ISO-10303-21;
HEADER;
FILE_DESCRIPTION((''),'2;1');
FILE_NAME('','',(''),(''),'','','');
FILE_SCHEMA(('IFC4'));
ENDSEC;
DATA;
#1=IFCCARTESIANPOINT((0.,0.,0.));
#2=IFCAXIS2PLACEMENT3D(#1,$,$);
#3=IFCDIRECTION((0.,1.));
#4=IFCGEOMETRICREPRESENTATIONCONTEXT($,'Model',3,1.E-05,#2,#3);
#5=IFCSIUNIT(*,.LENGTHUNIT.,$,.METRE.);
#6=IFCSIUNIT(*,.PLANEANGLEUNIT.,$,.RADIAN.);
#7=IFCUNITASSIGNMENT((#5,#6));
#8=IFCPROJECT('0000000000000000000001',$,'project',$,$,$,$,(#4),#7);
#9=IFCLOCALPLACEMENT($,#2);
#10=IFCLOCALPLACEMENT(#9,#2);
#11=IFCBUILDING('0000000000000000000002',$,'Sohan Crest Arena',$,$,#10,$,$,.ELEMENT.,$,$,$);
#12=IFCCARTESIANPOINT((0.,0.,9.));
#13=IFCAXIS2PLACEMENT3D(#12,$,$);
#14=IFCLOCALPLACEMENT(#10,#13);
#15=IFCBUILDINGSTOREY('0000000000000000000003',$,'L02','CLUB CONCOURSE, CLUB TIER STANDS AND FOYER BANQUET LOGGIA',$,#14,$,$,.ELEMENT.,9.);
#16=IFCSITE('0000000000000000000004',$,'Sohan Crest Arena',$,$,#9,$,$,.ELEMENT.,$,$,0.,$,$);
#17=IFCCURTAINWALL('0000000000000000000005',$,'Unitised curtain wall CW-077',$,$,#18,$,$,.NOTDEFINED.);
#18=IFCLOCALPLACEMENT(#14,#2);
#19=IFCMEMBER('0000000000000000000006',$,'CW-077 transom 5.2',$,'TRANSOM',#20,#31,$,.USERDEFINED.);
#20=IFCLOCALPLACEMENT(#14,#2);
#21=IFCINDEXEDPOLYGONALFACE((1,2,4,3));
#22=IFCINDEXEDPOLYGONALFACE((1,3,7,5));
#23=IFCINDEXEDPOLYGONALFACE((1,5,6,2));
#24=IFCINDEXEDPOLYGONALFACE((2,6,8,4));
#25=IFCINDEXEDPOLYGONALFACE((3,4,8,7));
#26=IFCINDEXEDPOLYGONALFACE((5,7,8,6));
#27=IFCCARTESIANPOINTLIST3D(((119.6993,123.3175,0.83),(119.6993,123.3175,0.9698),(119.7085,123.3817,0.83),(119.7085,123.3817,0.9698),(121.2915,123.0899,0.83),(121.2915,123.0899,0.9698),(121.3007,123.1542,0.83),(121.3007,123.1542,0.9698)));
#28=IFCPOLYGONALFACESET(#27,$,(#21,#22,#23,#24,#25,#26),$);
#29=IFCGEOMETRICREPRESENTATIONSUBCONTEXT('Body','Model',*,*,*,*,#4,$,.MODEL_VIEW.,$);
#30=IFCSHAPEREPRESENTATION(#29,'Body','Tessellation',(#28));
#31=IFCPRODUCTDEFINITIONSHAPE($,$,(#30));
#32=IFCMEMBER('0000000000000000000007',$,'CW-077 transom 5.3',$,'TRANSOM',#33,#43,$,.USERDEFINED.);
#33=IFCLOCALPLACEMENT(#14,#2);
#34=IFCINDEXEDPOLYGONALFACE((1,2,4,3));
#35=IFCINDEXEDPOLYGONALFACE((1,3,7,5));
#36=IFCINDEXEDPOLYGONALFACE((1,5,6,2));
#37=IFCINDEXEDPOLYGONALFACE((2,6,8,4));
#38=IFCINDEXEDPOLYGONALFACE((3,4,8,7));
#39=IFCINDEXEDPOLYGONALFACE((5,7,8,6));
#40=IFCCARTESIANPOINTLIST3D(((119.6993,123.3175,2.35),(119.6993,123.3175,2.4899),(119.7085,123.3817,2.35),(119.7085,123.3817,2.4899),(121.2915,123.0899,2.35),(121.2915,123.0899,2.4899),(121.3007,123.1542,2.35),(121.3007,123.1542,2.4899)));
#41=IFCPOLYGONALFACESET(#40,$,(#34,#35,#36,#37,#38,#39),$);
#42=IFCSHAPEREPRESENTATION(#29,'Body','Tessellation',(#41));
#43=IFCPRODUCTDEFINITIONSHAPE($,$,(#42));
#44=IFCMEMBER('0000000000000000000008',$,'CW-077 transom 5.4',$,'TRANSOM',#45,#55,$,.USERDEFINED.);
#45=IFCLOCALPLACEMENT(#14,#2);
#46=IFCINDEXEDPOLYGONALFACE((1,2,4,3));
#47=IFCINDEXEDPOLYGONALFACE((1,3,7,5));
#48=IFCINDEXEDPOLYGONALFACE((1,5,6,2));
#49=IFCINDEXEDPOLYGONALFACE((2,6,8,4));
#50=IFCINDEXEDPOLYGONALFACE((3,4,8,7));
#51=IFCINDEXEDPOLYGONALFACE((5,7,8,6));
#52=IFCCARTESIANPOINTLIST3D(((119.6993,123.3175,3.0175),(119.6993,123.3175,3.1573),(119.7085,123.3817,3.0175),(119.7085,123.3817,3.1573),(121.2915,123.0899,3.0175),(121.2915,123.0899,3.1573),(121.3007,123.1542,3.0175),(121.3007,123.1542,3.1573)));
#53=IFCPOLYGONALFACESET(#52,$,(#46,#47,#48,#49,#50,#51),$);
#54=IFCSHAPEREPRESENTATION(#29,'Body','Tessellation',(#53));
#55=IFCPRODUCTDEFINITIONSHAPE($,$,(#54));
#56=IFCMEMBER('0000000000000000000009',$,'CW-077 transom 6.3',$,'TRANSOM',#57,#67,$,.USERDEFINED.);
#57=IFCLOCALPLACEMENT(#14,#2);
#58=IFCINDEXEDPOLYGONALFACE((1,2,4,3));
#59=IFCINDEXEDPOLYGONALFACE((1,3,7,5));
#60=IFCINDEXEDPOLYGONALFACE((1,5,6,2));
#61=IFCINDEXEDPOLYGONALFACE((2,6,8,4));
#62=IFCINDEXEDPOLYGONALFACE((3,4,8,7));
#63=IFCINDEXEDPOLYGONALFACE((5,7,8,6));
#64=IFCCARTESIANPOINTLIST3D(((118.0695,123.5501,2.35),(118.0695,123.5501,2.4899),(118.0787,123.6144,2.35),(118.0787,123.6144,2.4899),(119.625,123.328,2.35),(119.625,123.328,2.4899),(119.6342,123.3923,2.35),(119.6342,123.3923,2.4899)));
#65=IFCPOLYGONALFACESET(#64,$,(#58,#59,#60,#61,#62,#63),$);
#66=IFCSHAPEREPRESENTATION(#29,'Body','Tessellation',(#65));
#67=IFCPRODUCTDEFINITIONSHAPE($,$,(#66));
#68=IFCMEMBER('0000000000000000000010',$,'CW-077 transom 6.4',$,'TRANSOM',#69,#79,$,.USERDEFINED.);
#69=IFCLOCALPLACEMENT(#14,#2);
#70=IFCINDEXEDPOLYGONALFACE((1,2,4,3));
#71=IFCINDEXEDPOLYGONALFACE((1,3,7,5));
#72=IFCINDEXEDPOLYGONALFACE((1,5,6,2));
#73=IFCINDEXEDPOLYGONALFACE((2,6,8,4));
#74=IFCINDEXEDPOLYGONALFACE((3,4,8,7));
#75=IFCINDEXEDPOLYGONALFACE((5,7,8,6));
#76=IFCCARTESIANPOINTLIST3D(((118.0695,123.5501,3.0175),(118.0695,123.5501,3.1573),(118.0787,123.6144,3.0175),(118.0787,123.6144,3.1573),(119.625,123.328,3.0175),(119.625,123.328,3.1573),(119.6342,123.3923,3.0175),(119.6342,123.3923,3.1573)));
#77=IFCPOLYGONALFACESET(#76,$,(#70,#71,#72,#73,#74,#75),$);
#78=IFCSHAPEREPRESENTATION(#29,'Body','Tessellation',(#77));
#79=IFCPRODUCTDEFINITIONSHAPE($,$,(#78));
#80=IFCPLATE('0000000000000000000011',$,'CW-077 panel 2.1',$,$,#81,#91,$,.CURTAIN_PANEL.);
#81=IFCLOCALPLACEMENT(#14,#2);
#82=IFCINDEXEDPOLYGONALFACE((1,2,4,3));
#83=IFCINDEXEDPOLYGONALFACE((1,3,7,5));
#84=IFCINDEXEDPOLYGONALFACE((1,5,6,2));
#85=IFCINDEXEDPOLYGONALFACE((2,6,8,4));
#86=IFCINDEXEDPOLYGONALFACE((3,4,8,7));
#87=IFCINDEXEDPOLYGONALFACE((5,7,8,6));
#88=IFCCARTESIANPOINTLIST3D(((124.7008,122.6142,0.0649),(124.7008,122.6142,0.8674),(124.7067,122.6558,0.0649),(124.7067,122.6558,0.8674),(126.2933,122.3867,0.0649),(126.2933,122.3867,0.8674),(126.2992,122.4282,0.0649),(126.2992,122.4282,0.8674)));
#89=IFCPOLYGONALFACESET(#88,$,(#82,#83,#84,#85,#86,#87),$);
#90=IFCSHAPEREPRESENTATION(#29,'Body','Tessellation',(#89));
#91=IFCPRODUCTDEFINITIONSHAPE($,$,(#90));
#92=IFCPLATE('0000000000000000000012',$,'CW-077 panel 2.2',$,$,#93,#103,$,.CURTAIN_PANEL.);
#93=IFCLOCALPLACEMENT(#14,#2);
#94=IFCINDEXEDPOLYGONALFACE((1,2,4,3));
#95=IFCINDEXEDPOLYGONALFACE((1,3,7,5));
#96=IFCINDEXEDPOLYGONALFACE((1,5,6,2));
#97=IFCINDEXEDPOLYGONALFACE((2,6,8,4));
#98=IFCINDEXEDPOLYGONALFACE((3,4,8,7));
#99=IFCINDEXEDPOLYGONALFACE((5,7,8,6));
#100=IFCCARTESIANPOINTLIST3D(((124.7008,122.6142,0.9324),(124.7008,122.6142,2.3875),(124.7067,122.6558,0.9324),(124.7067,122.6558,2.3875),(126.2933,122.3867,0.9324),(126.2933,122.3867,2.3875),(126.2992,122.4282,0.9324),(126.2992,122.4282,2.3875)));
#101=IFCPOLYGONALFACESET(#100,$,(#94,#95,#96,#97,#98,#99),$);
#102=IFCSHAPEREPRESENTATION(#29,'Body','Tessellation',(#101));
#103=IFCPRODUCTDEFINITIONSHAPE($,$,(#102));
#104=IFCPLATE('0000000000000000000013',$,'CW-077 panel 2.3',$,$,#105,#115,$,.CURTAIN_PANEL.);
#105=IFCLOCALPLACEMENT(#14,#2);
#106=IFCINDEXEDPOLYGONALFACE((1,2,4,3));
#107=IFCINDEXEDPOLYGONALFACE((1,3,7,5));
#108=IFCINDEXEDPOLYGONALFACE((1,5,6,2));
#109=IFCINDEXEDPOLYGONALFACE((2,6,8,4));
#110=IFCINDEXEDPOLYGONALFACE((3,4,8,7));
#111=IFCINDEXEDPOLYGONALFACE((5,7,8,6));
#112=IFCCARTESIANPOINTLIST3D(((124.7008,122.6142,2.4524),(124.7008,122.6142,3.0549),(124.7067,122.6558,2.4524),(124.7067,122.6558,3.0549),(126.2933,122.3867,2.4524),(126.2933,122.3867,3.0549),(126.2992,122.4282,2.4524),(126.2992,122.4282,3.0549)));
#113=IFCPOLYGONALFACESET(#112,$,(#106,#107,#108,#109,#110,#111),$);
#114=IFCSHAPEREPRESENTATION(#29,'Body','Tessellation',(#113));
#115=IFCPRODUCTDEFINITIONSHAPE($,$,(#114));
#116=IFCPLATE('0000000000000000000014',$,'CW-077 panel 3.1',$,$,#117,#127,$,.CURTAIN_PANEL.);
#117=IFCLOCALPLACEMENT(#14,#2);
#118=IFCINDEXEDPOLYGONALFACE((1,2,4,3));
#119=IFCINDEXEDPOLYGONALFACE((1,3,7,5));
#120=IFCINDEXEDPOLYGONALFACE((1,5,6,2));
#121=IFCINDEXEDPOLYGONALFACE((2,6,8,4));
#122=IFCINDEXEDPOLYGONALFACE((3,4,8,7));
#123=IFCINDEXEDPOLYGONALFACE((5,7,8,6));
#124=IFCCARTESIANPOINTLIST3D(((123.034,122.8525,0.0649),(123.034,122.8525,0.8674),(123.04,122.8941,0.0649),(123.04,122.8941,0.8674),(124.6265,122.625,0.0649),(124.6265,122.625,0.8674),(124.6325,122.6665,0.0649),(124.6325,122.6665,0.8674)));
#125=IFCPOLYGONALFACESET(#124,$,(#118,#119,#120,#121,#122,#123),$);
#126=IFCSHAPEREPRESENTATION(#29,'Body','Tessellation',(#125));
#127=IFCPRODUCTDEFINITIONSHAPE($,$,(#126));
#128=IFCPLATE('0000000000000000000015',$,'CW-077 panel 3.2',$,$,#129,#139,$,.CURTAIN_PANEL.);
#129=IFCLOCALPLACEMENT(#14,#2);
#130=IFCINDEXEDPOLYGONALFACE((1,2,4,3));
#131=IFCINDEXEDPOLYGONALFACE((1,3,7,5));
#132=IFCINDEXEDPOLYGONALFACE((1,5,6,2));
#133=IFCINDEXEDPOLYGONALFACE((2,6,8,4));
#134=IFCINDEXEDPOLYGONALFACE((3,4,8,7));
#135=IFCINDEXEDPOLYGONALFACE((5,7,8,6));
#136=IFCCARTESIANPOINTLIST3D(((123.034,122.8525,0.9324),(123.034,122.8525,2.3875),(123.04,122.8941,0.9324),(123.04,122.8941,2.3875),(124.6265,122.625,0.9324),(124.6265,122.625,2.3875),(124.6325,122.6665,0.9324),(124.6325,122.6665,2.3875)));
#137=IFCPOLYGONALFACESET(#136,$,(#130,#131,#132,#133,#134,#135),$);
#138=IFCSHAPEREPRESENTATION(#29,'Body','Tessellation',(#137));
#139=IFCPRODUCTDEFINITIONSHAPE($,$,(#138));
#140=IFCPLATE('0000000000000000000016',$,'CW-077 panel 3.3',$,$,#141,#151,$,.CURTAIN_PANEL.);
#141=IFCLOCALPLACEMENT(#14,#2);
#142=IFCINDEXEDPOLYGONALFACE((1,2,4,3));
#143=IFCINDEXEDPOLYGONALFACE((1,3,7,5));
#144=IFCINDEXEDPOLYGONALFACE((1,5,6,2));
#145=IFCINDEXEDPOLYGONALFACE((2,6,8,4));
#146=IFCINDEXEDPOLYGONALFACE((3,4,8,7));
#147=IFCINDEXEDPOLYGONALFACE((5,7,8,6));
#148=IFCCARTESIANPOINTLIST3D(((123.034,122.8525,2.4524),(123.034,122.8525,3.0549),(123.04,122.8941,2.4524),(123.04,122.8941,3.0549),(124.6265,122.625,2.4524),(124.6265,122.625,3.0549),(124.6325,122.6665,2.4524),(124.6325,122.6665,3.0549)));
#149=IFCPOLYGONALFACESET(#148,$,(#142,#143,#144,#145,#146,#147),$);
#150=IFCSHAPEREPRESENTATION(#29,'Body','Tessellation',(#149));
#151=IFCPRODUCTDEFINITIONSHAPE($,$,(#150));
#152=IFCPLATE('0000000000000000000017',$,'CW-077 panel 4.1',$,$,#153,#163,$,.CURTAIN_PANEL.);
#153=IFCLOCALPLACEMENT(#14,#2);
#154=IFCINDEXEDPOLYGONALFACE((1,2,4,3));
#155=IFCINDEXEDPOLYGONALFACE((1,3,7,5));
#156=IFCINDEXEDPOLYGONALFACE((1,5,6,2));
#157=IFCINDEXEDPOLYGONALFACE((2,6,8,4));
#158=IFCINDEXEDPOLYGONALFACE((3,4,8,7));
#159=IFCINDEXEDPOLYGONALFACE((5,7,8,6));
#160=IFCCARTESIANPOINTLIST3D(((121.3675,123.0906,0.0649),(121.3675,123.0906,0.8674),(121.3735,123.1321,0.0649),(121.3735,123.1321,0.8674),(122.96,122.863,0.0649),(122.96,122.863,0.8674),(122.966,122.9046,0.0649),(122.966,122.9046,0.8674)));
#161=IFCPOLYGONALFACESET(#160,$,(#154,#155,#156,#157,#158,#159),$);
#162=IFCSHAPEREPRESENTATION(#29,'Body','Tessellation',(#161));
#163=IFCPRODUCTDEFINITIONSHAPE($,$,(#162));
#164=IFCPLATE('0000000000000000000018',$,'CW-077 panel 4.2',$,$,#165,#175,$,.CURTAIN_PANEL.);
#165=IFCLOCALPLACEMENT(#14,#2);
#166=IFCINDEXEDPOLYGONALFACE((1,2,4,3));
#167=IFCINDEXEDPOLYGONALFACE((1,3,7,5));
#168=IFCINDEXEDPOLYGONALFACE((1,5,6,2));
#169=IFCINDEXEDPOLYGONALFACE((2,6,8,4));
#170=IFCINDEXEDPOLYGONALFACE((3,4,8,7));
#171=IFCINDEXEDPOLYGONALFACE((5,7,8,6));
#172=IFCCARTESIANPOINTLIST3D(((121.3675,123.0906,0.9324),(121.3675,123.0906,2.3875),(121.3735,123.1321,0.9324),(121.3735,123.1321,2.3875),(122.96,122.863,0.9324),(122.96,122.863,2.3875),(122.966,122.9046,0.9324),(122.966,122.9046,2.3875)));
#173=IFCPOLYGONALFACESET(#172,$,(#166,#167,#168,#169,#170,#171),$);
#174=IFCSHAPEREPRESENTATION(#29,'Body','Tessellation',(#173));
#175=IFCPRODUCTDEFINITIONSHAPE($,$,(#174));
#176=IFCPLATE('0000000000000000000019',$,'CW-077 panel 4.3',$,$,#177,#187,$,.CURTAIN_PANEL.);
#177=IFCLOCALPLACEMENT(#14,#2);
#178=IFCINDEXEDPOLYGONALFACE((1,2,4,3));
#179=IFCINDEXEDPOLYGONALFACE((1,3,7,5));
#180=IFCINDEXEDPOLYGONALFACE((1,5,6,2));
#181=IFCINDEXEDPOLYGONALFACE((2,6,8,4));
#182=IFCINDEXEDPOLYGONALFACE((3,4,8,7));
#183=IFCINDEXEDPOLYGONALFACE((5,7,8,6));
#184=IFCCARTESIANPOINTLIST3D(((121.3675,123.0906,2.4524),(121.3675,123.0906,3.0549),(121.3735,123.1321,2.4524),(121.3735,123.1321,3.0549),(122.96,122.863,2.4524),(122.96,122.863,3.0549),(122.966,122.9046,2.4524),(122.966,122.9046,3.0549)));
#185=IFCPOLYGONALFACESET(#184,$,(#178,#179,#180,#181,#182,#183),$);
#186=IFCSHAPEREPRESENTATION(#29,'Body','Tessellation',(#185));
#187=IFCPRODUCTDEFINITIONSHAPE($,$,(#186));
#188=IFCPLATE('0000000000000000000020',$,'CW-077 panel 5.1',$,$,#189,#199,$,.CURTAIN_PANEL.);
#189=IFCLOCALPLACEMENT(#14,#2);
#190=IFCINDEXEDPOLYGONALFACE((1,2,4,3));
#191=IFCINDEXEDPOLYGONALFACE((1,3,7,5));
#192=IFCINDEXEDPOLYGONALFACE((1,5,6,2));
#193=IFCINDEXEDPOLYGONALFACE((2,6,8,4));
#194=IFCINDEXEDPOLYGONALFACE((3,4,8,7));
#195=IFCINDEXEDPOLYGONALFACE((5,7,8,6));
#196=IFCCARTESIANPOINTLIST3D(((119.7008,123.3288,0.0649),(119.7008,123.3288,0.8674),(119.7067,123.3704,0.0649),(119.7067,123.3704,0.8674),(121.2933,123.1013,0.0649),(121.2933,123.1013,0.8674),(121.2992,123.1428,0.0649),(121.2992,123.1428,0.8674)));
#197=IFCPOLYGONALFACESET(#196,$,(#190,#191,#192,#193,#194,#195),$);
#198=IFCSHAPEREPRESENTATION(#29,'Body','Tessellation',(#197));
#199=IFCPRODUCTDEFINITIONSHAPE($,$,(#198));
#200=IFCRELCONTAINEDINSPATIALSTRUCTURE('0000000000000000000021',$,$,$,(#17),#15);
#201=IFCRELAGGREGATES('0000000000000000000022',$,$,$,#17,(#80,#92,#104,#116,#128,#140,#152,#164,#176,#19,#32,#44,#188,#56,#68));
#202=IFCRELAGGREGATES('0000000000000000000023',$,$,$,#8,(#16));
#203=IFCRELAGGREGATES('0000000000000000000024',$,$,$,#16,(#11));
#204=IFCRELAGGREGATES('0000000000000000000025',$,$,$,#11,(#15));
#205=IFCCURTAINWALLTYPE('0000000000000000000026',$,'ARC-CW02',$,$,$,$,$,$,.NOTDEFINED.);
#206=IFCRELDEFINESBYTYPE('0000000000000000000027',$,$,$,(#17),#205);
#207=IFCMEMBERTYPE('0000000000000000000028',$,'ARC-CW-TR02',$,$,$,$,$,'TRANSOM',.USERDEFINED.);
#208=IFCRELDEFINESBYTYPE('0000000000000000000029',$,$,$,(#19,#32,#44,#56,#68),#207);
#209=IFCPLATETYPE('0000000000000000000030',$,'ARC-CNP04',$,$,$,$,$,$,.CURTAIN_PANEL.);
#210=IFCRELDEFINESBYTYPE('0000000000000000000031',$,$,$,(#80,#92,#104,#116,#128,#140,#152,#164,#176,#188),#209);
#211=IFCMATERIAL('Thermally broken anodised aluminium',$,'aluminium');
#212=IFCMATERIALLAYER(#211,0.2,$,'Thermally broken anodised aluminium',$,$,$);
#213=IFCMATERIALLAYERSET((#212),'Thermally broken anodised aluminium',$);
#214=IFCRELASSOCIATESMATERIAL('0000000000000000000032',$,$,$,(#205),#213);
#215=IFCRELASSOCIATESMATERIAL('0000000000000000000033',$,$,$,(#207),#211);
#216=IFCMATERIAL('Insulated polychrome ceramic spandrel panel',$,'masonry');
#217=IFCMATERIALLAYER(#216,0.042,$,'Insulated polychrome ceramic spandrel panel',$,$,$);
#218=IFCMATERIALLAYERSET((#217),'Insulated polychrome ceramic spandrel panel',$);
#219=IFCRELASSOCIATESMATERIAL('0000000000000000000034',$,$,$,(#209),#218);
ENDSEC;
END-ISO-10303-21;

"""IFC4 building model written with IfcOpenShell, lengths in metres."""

from ifc_helpers import new_model, si_unit, direction, frame, origin, origin_2d, place, context, subcontext, project, spatial, rectangle, extrude, material, layer, layer_set, material_profile, profile_set, type_object, element, aggregate, save


model = new_model("IFC4")

# Units and contexts
model_context = context("Model", 3, precision=1e-05, world=origin(), true_north=direction((0.0, 1.0)))
body_context = subcontext(model_context, "Body", "Model", "MODEL_VIEW")
ifc_project = project(units=[si_unit("LENGTHUNIT", "METRE"), si_unit("PLANEANGLEUNIT", "RADIAN")], contexts=[model_context])

# Site, building, storey
site_placement = place(None, origin())
site = spatial("IfcSite", under=ifc_project, at=site_placement, Name="Sohan Crest Arena", CompositionType="ELEMENT", RefElevation=0.0)
building_placement = place(site_placement, origin())
building = spatial("IfcBuilding", under=site, at=building_placement, Name="Sohan Crest Arena", CompositionType="ELEMENT")
storey_placement = place(building_placement, frame((0.0, 0.0, 9.0)))
storey = spatial("IfcBuildingStorey", under=building, at=storey_placement, Name="L02", Description="CLUB CONCOURSE, CLUB TIER STANDS AND FOYER BANQUET LOGGIA", CompositionType="ELEMENT", Elevation=9.0)

# Curtain wall, members, plates
ifc_material_1 = material(Name="Thermally broken anodised aluminium", Category="aluminium")
ifc_layer_1 = layer(ifc_material_1, 0.2, Name="Thermally broken anodised aluminium")
ifc_layer_set_1 = layer_set([ifc_layer_1], Name="Thermally broken anodised aluminium")
curtain_wall_type = type_object("IfcCurtainWallType", Name="ARC-CW02", PredefinedType="NOTDEFINED", material=ifc_layer_set_1)
curtain_wall_placement = place(storey_placement, origin())
curtain_wall = element("IfcCurtainWall", 1, at=curtain_wall_placement, inside=storey, type_object=curtain_wall_type, Name="Unitised curtain wall CW-077", PredefinedType="NOTDEFINED")
ifc_material_profile_1 = material_profile(ifc_material_1, rectangle(XDim=0.0649, YDim=0.1399, at=origin_2d()), Name="ALU-TRAN 65x140")
ifc_profile_set_1 = profile_set([ifc_material_profile_1], Name="Thermally broken anodised aluminium")
member_type_1 = type_object("IfcMemberType", Name="ARC-CW-TR02", ElementType="TRANSOM", PredefinedType="USERDEFINED", material=ifc_profile_set_1)
member_1_placement = place(storey_placement, frame((121.2961, 123.1221, 0.8999), z_axis=(-0.989943, 0.141464, 0.0), x_axis=(-0.141464, -0.989943, 0.0)))
member_1 = element("IfcMember", 2, at=member_1_placement, type_object=member_type_1, Name="CW-077 transom 5.2", ObjectType="TRANSOM", PredefinedType="USERDEFINED", context=body_context, shape_type="SweptSolid", body=[
    extrude(rectangle(XDim=0.0649, YDim=0.1399, at=origin_2d()), origin(), (0.0, 0.0, 1.0), 1.6084),
])
member_2_placement = place(storey_placement, frame((121.2961, 123.1221, 2.4199), z_axis=(-0.989943, 0.141464, 0.0), x_axis=(-0.141464, -0.989943, 0.0)))
member_2 = element("IfcMember", 3, at=member_2_placement, type_object=member_type_1, Name="CW-077 transom 5.3", ObjectType="TRANSOM", PredefinedType="USERDEFINED", context=body_context, shape_type="SweptSolid", body=[
    extrude(rectangle(XDim=0.0649, YDim=0.1399, at=origin_2d()), origin(), (0.0, 0.0, 1.0), 1.6084),
])
member_3_placement = place(storey_placement, frame((121.2961, 123.1221, 3.0874), z_axis=(-0.989943, 0.141464, 0.0), x_axis=(-0.141464, -0.989943, 0.0)))
member_3 = element("IfcMember", 4, at=member_3_placement, type_object=member_type_1, Name="CW-077 transom 5.4", ObjectType="TRANSOM", PredefinedType="USERDEFINED", context=body_context, shape_type="SweptSolid", body=[
    extrude(rectangle(XDim=0.0649, YDim=0.1399, at=origin_2d()), origin(), (0.0, 0.0, 1.0), 1.6084),
])
member_4_placement = place(storey_placement, frame((119.6296, 123.3601, 2.4199), z_axis=(-0.989953, 0.1414, 0.0), x_axis=(-0.1414, -0.989953, 0.0)))
member_4 = element("IfcMember", 5, at=member_4_placement, type_object=member_type_1, Name="CW-077 transom 6.3", ObjectType="TRANSOM", PredefinedType="USERDEFINED", context=body_context, shape_type="SweptSolid", body=[
    extrude(rectangle(XDim=0.0649, YDim=0.1399, at=origin_2d()), origin(), (0.0, 0.0, 1.0), 1.5713),
])
member_5_placement = place(storey_placement, frame((119.6296, 123.3601, 3.0874), z_axis=(-0.989953, 0.1414, 0.0), x_axis=(-0.1414, -0.989953, 0.0)))
member_5 = element("IfcMember", 6, at=member_5_placement, type_object=member_type_1, Name="CW-077 transom 6.4", ObjectType="TRANSOM", PredefinedType="USERDEFINED", context=body_context, shape_type="SweptSolid", body=[
    extrude(rectangle(XDim=0.0649, YDim=0.1399, at=origin_2d()), origin(), (0.0, 0.0, 1.0), 1.5713),
])
ifc_material_2 = material(Name="Insulated polychrome ceramic spandrel panel", Category="masonry")
ifc_layer_2 = layer(ifc_material_2, 0.042, Name="Insulated polychrome ceramic spandrel panel")
ifc_layer_set_2 = layer_set([ifc_layer_2], Name="Insulated polychrome ceramic spandrel panel")
plate_type = type_object("IfcPlateType", Name="ARC-CNP04", PredefinedType="CURTAIN_PANEL", material=ifc_layer_set_2)
plate_1_placement = place(storey_placement, frame((125.5, 122.5212, 0.0649), z_axis=(0.0, 0.0, 1.0), x_axis=(-0.989944, 0.141463, 0.0)))
plate_1 = element("IfcPlate", 7, at=plate_1_placement, type_object=plate_type, Name="CW-077 panel 2.1", PredefinedType="CURTAIN_PANEL", context=body_context, shape_type="SweptSolid", body=[
    extrude(rectangle(XDim=1.6086, YDim=0.042, at=origin_2d()), origin(), (0.0, 0.0, 1.0), 0.8025),
])
plate_2_placement = place(storey_placement, frame((125.5, 122.5212, 0.9324), z_axis=(0.0, 0.0, 1.0), x_axis=(-0.989944, 0.141463, 0.0)))
plate_2 = element("IfcPlate", 8, at=plate_2_placement, type_object=plate_type, Name="CW-077 panel 2.2", PredefinedType="CURTAIN_PANEL", context=body_context, shape_type="SweptSolid", body=[
    extrude(rectangle(XDim=1.6086, YDim=0.042, at=origin_2d()), origin(), (0.0, 0.0, 1.0), 1.4551),
])
plate_3_placement = place(storey_placement, frame((125.5, 122.5212, 2.4524), z_axis=(0.0, 0.0, 1.0), x_axis=(-0.989944, 0.141463, 0.0)))
plate_3 = element("IfcPlate", 9, at=plate_3_placement, type_object=plate_type, Name="CW-077 panel 2.3", PredefinedType="CURTAIN_PANEL", context=body_context, shape_type="SweptSolid", body=[
    extrude(rectangle(XDim=1.6086, YDim=0.042, at=origin_2d()), origin(), (0.0, 0.0, 1.0), 0.6025),
])
plate_4_placement = place(storey_placement, frame((123.8333, 122.7595, 0.0649), z_axis=(0.0, 0.0, 1.0), x_axis=(-0.989944, 0.141463, 0.0)))
plate_4 = element("IfcPlate", 10, at=plate_4_placement, type_object=plate_type, Name="CW-077 panel 3.1", PredefinedType="CURTAIN_PANEL", context=body_context, shape_type="SweptSolid", body=[
    extrude(rectangle(XDim=1.6086, YDim=0.042, at=origin_2d()), origin(), (0.0, 0.0, 1.0), 0.8025),
])
plate_5_placement = place(storey_placement, frame((123.8333, 122.7595, 0.9324), z_axis=(0.0, 0.0, 1.0), x_axis=(-0.989944, 0.141463, 0.0)))
plate_5 = element("IfcPlate", 11, at=plate_5_placement, type_object=plate_type, Name="CW-077 panel 3.2", PredefinedType="CURTAIN_PANEL", context=body_context, shape_type="SweptSolid", body=[
    extrude(rectangle(XDim=1.6086, YDim=0.042, at=origin_2d()), origin(), (0.0, 0.0, 1.0), 1.4551),
])
plate_6_placement = place(storey_placement, frame((123.8333, 122.7595, 2.4524), z_axis=(0.0, 0.0, 1.0), x_axis=(-0.989944, 0.141463, 0.0)))
plate_6 = element("IfcPlate", 12, at=plate_6_placement, type_object=plate_type, Name="CW-077 panel 3.3", PredefinedType="CURTAIN_PANEL", context=body_context, shape_type="SweptSolid", body=[
    extrude(rectangle(XDim=1.6086, YDim=0.042, at=origin_2d()), origin(), (0.0, 0.0, 1.0), 0.6025),
])
plate_7_placement = place(storey_placement, frame((122.1667, 122.9976, 0.0649), z_axis=(0.0, 0.0, 1.0), x_axis=(-0.989944, 0.141463, 0.0)))
plate_7 = element("IfcPlate", 13, at=plate_7_placement, type_object=plate_type, Name="CW-077 panel 4.1", PredefinedType="CURTAIN_PANEL", context=body_context, shape_type="SweptSolid", body=[
    extrude(rectangle(XDim=1.6086, YDim=0.042, at=origin_2d()), origin(), (0.0, 0.0, 1.0), 0.8025),
])
plate_8_placement = place(storey_placement, frame((122.1667, 122.9976, 0.9324), z_axis=(0.0, 0.0, 1.0), x_axis=(-0.989944, 0.141463, 0.0)))
plate_8 = element("IfcPlate", 14, at=plate_8_placement, type_object=plate_type, Name="CW-077 panel 4.2", PredefinedType="CURTAIN_PANEL", context=body_context, shape_type="SweptSolid", body=[
    extrude(rectangle(XDim=1.6086, YDim=0.042, at=origin_2d()), origin(), (0.0, 0.0, 1.0), 1.4551),
])
plate_9_placement = place(storey_placement, frame((122.1667, 122.9976, 2.4524), z_axis=(0.0, 0.0, 1.0), x_axis=(-0.989944, 0.141463, 0.0)))
plate_9 = element("IfcPlate", 15, at=plate_9_placement, type_object=plate_type, Name="CW-077 panel 4.3", PredefinedType="CURTAIN_PANEL", context=body_context, shape_type="SweptSolid", body=[
    extrude(rectangle(XDim=1.6086, YDim=0.042, at=origin_2d()), origin(), (0.0, 0.0, 1.0), 0.6025),
])
plate_10_placement = place(storey_placement, frame((120.5, 123.2358, 0.0649), z_axis=(0.0, 0.0, 1.0), x_axis=(-0.989944, 0.141463, 0.0)))
plate_10 = element("IfcPlate", 16, at=plate_10_placement, type_object=plate_type, Name="CW-077 panel 5.1", PredefinedType="CURTAIN_PANEL", context=body_context, shape_type="SweptSolid", body=[
    extrude(rectangle(XDim=1.6086, YDim=0.042, at=origin_2d()), origin(), (0.0, 0.0, 1.0), 0.8025),
])
aggregate(curtain_wall, [plate_1, plate_2, plate_3, plate_4, plate_5, plate_6, plate_7, plate_8, plate_9, member_1, member_2, member_3, plate_10, member_4, member_5])

save(model, "model.ifc")
